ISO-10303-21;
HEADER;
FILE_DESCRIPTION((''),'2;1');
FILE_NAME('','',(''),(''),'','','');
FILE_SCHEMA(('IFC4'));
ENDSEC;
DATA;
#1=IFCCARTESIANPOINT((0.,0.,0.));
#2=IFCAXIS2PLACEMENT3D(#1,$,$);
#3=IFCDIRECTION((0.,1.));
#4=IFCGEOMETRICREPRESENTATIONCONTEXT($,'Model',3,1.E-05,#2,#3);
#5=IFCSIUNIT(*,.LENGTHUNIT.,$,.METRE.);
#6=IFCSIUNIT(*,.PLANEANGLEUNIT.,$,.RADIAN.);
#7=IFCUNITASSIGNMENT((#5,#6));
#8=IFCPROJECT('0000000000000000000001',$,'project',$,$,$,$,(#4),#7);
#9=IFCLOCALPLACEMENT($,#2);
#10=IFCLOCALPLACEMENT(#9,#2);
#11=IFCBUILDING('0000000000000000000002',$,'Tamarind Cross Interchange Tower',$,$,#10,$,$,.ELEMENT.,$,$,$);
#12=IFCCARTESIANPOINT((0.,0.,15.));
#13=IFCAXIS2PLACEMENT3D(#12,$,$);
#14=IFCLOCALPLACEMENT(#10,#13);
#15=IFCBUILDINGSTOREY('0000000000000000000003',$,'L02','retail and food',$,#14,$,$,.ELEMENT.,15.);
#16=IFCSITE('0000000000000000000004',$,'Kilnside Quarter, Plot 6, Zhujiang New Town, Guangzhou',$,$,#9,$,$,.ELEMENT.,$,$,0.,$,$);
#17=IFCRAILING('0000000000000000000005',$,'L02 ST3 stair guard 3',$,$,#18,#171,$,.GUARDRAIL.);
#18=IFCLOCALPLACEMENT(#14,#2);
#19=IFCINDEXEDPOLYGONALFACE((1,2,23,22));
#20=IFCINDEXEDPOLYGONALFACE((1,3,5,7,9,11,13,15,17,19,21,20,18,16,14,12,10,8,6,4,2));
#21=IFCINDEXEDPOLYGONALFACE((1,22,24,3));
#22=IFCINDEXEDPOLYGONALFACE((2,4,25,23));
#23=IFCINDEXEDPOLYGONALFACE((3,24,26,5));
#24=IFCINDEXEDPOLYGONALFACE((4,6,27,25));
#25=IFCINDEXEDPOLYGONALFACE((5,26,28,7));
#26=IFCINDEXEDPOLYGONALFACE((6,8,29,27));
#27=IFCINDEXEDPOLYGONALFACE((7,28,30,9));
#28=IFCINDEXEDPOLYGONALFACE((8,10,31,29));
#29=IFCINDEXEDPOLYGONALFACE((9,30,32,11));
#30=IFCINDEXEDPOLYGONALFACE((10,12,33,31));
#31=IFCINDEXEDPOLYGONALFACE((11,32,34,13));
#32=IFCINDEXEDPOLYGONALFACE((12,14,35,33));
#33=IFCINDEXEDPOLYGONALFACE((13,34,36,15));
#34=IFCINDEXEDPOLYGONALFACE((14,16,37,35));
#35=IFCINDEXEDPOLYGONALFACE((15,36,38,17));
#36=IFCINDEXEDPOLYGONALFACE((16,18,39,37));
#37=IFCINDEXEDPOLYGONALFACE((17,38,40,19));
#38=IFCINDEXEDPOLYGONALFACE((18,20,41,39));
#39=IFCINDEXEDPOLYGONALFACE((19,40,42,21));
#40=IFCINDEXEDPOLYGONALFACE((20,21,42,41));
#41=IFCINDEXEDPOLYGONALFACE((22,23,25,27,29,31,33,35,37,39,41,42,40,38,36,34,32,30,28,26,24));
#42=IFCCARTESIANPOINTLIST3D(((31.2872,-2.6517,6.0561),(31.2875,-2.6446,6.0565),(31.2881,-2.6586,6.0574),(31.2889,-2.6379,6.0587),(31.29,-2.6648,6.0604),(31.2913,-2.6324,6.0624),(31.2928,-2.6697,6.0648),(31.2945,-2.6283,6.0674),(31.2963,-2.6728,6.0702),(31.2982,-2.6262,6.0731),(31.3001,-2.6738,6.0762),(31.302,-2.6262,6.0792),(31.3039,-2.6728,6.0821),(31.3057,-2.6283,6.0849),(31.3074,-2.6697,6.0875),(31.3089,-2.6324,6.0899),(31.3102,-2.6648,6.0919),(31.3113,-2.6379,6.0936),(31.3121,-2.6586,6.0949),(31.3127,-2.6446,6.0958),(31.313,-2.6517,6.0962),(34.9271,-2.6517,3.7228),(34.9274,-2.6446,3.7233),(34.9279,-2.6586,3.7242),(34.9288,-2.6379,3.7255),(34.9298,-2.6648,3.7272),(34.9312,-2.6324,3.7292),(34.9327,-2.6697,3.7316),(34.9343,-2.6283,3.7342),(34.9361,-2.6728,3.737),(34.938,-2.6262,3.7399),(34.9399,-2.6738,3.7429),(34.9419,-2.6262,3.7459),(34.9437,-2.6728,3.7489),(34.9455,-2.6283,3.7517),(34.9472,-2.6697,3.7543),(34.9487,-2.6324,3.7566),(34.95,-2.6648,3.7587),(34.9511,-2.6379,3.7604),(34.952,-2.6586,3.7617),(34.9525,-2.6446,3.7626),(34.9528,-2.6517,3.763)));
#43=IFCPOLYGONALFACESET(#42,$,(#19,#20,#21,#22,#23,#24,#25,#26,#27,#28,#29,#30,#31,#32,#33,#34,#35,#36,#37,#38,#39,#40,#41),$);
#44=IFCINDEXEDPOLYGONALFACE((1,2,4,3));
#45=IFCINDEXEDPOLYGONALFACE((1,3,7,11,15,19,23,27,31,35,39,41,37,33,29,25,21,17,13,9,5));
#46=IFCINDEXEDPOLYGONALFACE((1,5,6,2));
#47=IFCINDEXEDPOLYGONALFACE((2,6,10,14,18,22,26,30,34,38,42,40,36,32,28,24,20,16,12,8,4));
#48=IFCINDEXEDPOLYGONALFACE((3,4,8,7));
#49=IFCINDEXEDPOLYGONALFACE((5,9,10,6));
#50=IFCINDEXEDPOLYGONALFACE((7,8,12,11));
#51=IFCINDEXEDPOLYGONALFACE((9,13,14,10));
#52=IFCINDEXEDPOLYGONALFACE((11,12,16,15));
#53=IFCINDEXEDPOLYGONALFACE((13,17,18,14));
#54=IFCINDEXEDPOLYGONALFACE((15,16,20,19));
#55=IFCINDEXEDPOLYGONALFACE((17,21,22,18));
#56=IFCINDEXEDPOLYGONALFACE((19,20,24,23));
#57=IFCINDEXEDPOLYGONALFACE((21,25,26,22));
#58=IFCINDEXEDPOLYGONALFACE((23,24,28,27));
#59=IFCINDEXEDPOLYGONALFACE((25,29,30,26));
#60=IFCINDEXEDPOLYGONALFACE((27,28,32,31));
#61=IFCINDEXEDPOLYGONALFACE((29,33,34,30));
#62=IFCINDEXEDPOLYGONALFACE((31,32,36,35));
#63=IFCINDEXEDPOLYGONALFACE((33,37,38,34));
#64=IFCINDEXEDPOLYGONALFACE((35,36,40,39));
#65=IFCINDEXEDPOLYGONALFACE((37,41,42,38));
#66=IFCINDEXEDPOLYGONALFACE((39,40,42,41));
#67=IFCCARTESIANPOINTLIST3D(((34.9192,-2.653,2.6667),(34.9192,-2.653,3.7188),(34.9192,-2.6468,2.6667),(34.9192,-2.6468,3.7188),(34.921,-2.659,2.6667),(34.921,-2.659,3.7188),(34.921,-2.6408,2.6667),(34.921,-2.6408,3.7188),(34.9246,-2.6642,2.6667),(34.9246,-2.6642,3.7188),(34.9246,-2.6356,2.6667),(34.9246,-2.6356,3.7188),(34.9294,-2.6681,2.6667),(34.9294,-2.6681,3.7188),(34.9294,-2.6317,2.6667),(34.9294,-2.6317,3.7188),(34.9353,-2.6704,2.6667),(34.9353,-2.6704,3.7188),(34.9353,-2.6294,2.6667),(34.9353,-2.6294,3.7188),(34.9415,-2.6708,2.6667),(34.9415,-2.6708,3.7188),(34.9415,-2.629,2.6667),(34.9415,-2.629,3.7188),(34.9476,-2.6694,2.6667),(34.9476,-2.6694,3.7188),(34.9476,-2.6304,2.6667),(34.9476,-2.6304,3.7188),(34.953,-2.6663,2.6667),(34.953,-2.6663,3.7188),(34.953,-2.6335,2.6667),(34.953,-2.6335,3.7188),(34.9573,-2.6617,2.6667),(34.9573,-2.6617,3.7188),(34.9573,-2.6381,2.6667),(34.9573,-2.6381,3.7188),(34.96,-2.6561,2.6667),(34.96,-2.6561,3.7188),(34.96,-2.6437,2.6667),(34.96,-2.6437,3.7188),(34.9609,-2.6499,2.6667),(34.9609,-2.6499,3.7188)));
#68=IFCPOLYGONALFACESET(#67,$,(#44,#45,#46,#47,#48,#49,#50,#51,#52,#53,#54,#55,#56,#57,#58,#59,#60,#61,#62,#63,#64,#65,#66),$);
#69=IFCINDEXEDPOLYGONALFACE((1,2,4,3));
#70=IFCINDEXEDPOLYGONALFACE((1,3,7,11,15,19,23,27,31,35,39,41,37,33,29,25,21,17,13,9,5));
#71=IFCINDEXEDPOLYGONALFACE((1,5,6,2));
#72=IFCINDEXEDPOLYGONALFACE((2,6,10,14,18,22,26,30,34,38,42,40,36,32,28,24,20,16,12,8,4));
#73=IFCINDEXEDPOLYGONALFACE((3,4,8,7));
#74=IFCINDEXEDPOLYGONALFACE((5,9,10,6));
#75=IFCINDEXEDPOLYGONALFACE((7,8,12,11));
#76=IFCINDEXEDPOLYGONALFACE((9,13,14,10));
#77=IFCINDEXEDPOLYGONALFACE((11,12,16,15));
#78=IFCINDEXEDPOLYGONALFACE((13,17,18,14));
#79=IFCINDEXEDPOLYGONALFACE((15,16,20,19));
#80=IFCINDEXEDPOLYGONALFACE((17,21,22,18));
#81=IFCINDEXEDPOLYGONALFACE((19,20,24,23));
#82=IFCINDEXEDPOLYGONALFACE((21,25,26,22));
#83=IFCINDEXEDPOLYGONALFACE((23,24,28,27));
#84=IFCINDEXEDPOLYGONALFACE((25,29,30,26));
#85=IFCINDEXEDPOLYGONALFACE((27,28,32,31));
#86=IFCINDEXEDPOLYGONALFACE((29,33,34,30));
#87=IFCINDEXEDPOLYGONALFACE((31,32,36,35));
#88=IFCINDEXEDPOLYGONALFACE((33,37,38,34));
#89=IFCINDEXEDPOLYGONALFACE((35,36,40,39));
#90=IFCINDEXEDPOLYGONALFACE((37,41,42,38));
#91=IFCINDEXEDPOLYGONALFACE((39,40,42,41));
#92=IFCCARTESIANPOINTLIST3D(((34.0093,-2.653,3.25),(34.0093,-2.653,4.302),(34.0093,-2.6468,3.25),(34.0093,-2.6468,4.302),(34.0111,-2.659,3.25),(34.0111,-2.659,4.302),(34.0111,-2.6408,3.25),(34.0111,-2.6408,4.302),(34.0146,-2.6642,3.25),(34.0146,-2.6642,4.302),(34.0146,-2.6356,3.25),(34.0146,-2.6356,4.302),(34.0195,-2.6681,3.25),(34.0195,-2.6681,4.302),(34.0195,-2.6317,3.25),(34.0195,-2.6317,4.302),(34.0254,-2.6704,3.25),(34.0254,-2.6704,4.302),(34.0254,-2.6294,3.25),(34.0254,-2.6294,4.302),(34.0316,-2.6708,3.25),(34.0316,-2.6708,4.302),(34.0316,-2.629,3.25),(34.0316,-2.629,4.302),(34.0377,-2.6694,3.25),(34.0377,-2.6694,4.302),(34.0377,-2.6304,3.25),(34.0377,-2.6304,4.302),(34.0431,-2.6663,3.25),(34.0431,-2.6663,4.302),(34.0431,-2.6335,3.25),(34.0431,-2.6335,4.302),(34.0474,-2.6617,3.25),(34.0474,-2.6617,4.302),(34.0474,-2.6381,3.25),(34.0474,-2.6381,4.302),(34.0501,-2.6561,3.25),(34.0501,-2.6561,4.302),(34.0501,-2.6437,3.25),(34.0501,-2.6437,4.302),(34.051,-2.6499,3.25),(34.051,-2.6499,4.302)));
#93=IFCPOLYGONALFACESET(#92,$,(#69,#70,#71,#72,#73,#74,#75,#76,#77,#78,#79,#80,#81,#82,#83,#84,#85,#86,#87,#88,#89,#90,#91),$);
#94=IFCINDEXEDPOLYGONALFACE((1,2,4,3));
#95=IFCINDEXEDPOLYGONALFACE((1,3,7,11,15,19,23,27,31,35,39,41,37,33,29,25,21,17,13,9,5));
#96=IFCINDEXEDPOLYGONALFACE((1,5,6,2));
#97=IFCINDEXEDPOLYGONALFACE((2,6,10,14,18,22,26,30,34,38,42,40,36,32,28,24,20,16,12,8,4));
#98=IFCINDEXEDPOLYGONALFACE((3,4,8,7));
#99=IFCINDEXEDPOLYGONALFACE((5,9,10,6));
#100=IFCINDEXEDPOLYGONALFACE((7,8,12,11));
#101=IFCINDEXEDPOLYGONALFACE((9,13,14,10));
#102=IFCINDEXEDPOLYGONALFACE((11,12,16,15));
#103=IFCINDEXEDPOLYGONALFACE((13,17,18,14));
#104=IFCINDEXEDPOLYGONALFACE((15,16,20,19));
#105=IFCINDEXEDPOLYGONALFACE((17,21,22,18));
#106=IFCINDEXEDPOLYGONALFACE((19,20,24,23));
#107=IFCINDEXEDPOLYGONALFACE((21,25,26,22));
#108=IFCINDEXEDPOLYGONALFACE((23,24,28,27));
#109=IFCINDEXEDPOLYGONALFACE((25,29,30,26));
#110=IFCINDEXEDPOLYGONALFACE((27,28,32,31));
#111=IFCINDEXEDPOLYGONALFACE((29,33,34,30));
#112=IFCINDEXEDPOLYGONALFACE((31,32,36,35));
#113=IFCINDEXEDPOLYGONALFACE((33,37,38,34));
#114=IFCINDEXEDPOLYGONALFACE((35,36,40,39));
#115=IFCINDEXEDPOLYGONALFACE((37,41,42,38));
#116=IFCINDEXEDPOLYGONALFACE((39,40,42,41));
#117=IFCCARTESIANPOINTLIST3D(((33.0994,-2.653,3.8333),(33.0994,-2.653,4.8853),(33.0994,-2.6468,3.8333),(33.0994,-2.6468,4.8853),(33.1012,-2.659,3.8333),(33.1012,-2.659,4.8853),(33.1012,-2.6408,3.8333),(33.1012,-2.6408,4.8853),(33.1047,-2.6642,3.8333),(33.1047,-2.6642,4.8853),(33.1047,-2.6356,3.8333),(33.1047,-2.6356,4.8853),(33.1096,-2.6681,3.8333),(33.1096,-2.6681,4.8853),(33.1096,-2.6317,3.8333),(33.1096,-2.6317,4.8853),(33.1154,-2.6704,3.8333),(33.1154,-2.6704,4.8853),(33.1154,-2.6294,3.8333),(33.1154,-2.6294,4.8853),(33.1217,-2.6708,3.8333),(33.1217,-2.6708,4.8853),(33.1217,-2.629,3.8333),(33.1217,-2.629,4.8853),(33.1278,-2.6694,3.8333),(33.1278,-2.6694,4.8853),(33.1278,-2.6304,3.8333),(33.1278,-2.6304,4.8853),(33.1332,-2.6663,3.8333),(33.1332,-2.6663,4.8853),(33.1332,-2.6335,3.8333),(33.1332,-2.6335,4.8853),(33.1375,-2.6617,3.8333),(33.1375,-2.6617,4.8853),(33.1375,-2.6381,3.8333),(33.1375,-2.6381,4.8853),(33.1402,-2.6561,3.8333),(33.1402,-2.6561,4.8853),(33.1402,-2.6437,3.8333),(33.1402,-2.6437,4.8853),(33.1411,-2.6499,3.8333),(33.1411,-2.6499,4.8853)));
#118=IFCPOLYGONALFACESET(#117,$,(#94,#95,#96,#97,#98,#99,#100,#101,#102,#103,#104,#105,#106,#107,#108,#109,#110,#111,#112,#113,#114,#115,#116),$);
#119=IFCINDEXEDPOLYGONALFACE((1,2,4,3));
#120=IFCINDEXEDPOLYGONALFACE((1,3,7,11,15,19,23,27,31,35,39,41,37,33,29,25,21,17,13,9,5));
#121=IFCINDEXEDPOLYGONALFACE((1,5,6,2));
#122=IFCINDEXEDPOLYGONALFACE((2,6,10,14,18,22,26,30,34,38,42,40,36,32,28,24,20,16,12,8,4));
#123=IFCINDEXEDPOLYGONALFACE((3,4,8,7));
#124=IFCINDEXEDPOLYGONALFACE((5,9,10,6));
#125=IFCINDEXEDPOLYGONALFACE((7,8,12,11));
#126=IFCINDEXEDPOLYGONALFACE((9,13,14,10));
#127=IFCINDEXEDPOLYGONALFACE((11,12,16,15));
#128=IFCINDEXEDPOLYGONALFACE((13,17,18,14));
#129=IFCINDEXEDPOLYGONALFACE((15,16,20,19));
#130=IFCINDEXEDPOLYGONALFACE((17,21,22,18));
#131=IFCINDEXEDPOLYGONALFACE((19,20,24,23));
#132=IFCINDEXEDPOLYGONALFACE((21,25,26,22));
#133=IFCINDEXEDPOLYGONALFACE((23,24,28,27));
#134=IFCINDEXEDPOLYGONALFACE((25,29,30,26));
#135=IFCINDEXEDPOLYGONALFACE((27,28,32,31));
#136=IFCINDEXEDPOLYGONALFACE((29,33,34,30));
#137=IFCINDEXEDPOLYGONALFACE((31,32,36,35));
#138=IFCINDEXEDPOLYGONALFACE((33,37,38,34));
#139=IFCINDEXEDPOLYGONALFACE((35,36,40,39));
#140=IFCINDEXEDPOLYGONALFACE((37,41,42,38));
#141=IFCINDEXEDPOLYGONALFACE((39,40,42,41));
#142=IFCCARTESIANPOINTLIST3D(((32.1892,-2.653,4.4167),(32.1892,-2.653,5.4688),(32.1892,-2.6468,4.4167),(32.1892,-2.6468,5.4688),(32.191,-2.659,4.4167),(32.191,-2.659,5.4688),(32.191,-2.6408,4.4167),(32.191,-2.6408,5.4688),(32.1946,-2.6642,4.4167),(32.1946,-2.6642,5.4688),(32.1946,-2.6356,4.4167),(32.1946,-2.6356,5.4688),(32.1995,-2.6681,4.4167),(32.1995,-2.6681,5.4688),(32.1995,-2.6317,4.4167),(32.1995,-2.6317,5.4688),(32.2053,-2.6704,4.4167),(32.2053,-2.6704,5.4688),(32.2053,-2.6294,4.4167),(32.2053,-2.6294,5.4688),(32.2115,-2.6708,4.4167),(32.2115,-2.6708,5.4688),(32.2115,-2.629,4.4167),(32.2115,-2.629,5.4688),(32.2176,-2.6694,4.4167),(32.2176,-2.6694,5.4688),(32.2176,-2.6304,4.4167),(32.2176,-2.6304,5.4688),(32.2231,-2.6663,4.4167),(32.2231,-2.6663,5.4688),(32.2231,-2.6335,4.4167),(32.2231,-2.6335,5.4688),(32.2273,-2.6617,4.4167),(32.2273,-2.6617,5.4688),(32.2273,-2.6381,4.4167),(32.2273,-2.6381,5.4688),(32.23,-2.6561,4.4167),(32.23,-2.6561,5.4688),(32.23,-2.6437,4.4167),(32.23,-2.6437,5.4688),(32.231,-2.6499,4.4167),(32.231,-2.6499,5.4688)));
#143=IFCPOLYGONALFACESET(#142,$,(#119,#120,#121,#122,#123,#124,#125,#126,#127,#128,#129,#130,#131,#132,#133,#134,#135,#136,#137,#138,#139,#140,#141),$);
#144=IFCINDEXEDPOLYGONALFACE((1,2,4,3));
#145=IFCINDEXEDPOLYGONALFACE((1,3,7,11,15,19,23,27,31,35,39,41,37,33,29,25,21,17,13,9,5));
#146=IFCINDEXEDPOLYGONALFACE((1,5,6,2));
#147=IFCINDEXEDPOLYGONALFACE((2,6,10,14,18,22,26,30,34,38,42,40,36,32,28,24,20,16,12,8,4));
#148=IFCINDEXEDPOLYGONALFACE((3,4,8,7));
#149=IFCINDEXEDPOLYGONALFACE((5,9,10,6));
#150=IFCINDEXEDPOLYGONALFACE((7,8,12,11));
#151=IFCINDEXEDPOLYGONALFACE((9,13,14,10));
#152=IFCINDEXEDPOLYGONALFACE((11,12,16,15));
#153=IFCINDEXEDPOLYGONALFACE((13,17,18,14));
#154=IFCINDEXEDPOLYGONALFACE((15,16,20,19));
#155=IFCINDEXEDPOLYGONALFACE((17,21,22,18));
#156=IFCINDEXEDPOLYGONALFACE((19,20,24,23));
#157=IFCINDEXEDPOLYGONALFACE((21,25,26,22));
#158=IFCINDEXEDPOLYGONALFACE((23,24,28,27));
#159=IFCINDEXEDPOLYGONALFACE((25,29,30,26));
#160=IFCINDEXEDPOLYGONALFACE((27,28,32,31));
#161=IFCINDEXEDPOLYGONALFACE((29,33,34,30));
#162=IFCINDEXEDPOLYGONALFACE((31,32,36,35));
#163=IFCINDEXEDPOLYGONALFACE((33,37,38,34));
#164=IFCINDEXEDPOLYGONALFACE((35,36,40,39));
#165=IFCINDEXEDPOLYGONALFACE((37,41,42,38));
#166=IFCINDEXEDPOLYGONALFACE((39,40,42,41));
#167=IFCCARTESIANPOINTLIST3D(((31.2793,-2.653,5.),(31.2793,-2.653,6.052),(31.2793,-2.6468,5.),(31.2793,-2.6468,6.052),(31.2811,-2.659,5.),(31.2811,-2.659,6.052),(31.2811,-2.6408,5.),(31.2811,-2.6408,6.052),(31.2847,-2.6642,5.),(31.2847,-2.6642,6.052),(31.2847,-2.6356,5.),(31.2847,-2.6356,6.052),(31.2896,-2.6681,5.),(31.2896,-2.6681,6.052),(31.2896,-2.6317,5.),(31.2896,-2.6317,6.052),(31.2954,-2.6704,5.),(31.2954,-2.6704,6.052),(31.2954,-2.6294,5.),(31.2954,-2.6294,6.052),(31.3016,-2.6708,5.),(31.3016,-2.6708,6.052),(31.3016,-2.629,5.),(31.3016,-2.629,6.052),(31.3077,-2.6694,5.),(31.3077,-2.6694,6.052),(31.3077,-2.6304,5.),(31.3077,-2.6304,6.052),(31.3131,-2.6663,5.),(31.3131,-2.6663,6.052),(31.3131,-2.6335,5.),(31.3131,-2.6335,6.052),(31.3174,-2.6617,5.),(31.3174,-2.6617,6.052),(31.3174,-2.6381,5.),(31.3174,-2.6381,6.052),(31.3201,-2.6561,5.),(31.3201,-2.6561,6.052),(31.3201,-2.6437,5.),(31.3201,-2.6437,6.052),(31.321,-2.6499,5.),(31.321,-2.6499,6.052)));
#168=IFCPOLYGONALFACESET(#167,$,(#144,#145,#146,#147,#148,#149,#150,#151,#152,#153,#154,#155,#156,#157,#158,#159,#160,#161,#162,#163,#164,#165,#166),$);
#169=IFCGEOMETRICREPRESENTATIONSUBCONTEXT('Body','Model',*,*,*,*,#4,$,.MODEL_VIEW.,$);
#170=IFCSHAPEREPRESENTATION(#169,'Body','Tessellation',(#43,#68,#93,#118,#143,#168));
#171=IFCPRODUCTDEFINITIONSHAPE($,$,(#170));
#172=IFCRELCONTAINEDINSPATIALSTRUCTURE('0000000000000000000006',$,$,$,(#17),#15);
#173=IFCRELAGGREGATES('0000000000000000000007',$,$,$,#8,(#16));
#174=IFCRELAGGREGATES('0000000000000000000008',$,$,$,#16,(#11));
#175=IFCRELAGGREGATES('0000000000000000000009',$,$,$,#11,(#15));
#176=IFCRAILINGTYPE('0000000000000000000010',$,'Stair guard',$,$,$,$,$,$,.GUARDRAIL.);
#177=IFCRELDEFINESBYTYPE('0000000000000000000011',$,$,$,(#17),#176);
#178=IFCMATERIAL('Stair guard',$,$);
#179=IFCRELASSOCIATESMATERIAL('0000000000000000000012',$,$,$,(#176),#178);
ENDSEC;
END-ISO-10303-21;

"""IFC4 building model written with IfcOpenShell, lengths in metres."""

from ifc_helpers import new_model, si_unit, direction, frame, origin, origin_2d, place, context, subcontext, project, spatial, circle, extrude, material, type_object, element, save


model = new_model("IFC4")

# Units and contexts
model_context = context("Model", 3, precision=1e-05, world=origin(), true_north=direction((0.0, 1.0)))
body_context = subcontext(model_context, "Body", "Model", "MODEL_VIEW")
ifc_project = project(units=[si_unit("LENGTHUNIT", "METRE"), si_unit("PLANEANGLEUNIT", "RADIAN")], contexts=[model_context])

# Site, building, storey
site_placement = place(None, origin())
site = spatial("IfcSite", under=ifc_project, at=site_placement, Name="Kilnside Quarter, Plot 6, Zhujiang New Town, Guangzhou", CompositionType="ELEMENT", RefElevation=0.0)
building_placement = place(site_placement, origin())
building = spatial("IfcBuilding", under=site, at=building_placement, Name="Tamarind Cross Interchange Tower", CompositionType="ELEMENT")
storey_placement = place(building_placement, frame((0.0, 0.0, 15.0)))
storey = spatial("IfcBuildingStorey", under=building, at=storey_placement, Name="L02", Description="retail and food", CompositionType="ELEMENT", Elevation=15.0)

# Railing
ifc_material_1 = material(Name="Stair guard")
railing_type_1 = type_object("IfcRailingType", Name="Stair guard", PredefinedType="GUARDRAIL", material=ifc_material_1)
railing_1_placement = place(storey_placement, frame((34.9399, -2.6499, 2.6667)))
element("IfcRailing", 1, at=railing_1_placement, inside=storey, type_object=railing_type_1, Name="L02 ST3 stair guard 3", PredefinedType="GUARDRAIL", context=body_context, shape_type="SweptSolid", body=[
    extrude(circle(Radius=0.0239, at=origin_2d()), frame((0.0, 0.0, 1.0762), z_axis=(-0.84188, 0.0, 0.539664), x_axis=(0.0, -1.0, 0.0)), (0.0, 0.0, 1.0), 4.3235),
    extrude(circle(Radius=0.021, at=origin_2d()), origin(), (0.0, 0.0, 1.0), 1.052),
    extrude(circle(Radius=0.021, at=origin_2d()), frame((-0.9099, 0.0, 0.5833)), (0.0, 0.0, 1.0), 1.052),
    extrude(circle(Radius=0.021, at=origin_2d()), frame((-1.8198, 0.0, 1.1665)), (0.0, 0.0, 1.0), 1.052),
    extrude(circle(Radius=0.021, at=origin_2d()), frame((-2.73, 0.0, 1.75)), (0.0, 0.0, 1.0), 1.052),
    extrude(circle(Radius=0.021, at=origin_2d()), frame((-3.6399, 0.0, 2.3333)), (0.0, 0.0, 1.0), 1.052),
])

save(model, "model.ifc")
